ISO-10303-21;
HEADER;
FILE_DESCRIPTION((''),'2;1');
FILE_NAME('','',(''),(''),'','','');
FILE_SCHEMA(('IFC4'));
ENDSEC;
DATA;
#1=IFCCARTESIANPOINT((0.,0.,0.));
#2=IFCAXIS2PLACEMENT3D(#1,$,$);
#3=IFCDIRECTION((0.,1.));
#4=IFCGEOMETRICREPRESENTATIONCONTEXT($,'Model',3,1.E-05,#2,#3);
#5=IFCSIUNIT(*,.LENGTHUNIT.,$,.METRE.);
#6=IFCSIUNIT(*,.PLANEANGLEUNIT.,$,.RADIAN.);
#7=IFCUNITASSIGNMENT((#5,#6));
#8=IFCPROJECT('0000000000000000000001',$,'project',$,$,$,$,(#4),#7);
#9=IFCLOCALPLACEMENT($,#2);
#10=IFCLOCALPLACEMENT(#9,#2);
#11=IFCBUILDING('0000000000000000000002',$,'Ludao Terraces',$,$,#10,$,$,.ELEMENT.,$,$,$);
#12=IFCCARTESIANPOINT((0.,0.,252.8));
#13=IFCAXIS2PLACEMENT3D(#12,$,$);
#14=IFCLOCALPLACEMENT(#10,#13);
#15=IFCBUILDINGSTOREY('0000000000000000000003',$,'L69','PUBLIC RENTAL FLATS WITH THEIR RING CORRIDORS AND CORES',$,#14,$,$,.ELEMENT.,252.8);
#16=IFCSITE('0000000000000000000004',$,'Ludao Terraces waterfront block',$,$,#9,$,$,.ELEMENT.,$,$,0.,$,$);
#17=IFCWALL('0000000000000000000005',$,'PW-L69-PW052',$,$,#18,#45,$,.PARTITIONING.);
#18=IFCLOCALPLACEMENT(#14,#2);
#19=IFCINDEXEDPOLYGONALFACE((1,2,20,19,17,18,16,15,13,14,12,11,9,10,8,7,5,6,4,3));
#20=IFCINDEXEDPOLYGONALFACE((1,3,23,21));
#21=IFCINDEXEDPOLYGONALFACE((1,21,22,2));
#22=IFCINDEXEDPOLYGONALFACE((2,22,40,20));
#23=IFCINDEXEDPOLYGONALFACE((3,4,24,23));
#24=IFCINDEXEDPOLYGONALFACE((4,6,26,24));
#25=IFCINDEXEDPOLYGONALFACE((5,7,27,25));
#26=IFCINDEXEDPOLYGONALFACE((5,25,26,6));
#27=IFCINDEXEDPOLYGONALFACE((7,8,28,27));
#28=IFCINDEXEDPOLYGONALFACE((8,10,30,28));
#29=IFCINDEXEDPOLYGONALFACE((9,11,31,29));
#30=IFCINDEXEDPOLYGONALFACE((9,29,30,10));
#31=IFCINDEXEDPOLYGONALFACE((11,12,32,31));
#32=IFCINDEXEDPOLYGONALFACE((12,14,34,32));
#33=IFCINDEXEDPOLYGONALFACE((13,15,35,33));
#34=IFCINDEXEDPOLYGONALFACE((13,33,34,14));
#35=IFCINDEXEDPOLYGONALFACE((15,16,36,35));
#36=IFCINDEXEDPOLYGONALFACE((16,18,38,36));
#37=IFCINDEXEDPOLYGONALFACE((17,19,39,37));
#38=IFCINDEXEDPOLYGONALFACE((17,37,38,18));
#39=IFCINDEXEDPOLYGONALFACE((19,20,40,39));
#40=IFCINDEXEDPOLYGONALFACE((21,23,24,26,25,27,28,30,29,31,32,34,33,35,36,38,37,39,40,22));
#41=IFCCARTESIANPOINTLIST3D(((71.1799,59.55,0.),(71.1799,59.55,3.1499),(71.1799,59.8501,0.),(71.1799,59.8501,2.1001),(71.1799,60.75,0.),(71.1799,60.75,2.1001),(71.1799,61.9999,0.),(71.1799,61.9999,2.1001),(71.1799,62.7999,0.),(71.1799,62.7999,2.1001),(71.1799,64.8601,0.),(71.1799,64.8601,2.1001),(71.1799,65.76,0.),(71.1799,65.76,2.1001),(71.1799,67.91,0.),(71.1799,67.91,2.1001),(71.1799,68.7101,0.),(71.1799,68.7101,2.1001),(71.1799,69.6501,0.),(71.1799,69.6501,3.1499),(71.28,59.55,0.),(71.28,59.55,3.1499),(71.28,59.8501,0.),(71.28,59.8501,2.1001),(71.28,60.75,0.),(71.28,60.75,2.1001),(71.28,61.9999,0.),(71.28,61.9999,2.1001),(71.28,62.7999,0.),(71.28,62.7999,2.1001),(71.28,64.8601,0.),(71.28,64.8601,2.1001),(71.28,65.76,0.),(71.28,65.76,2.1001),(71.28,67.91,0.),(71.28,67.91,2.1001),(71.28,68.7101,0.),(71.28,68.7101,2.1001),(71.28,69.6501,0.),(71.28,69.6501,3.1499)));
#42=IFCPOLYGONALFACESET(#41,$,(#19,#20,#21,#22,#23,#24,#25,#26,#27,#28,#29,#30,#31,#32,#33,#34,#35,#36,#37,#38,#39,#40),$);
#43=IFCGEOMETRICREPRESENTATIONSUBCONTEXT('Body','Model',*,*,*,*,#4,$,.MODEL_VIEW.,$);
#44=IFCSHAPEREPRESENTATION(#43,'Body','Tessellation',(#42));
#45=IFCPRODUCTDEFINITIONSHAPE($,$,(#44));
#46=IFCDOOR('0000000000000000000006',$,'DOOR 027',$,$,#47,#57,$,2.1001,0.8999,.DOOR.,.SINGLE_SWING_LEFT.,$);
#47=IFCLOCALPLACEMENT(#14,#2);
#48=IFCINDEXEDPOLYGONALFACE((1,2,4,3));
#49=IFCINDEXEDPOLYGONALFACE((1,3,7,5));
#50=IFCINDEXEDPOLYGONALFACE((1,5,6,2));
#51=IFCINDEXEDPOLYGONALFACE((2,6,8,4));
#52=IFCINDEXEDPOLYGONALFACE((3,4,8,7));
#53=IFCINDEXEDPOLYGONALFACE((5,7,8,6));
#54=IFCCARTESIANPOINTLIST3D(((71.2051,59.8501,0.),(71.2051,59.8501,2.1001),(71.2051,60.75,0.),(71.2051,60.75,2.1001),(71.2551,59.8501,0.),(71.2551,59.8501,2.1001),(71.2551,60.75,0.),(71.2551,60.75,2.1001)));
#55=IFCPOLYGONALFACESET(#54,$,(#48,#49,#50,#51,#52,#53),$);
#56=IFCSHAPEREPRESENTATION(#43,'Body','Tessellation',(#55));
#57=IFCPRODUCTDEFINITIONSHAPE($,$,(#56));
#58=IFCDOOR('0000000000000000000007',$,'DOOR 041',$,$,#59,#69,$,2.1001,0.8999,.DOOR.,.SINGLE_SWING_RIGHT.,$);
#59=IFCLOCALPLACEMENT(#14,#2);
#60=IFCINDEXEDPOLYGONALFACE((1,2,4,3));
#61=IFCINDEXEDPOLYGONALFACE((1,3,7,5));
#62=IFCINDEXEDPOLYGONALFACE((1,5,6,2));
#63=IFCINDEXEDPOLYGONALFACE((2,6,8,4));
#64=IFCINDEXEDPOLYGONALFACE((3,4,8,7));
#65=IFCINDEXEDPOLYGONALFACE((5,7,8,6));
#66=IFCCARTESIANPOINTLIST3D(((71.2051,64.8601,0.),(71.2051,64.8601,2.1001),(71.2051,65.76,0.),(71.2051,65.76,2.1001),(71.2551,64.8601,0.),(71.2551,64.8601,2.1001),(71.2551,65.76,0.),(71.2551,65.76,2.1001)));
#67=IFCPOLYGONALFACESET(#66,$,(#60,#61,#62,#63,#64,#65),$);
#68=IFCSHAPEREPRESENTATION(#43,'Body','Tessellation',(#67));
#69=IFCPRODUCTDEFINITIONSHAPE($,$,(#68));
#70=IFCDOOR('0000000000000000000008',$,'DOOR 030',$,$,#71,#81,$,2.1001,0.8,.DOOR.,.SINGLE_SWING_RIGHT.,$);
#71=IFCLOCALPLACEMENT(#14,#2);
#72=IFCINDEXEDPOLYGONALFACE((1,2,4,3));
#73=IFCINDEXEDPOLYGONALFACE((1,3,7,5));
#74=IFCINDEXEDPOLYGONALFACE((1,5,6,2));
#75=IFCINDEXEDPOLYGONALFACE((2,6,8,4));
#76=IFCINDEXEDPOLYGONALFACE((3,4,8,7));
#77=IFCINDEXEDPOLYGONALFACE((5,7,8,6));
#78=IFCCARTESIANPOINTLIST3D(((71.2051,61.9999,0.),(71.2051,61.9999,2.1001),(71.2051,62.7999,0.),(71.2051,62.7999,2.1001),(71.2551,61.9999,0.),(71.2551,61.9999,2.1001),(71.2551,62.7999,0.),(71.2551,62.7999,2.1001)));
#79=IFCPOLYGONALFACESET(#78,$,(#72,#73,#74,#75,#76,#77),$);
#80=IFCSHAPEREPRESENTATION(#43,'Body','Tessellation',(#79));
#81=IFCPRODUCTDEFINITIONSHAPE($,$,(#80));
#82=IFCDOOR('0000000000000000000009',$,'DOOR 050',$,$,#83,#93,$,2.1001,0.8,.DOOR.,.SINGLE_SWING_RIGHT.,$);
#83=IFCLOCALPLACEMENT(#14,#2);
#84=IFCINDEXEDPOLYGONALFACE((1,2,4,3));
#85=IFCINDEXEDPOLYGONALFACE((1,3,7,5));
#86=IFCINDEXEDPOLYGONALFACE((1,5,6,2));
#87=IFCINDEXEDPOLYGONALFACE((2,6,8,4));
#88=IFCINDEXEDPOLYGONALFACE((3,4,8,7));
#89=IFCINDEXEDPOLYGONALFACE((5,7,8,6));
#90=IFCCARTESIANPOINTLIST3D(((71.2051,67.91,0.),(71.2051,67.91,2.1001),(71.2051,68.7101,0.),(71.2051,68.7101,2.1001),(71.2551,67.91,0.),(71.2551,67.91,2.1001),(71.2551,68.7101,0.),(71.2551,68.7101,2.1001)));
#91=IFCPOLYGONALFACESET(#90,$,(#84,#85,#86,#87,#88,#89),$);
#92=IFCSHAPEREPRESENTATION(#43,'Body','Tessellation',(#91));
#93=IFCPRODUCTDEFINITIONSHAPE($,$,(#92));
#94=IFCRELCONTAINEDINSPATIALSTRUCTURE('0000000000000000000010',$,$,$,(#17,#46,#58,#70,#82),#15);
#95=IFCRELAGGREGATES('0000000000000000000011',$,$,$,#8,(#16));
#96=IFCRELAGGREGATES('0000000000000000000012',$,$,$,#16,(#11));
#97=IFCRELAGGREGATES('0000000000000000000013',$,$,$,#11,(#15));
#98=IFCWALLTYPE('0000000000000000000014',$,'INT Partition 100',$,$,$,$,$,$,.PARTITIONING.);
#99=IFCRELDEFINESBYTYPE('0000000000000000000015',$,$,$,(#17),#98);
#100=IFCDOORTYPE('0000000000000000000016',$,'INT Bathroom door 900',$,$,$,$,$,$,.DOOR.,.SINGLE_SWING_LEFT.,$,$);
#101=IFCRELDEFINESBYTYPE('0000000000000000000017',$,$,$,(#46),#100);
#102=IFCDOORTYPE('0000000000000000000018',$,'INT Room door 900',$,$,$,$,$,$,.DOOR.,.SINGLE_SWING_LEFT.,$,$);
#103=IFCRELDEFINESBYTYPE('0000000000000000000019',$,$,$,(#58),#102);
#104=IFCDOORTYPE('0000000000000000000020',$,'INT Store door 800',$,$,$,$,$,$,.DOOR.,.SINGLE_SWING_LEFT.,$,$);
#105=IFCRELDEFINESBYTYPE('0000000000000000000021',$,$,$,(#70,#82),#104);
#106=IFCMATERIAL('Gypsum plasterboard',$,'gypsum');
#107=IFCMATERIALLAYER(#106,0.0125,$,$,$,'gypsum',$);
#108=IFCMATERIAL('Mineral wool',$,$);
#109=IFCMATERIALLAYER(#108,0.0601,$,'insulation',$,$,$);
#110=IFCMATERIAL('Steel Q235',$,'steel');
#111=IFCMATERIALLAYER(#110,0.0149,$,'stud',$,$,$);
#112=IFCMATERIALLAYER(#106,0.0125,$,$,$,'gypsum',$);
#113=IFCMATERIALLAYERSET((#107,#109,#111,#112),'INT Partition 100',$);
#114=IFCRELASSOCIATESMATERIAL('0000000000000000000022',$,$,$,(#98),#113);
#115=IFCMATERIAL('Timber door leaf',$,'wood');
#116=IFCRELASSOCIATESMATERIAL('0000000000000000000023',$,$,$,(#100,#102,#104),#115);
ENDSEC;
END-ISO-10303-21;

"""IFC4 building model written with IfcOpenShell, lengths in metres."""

from ifc_helpers import new_model, si_unit, direction, frame, frame_2d, origin, place, context, subcontext, project, spatial, rectangle, extrude, material, layer, layer_set, type_object, element, fill, save


model = new_model("IFC4")

# Units and contexts
model_context = context("Model", 3, precision=1e-05, world=origin(), true_north=direction((0.0, 1.0)))
body_context = subcontext(model_context, "Body", "Model", "MODEL_VIEW")
ifc_project = project(units=[si_unit("LENGTHUNIT", "METRE"), si_unit("PLANEANGLEUNIT", "RADIAN")], contexts=[model_context])

# Site, building, storey
site_placement = place(None, origin())
site = spatial("IfcSite", under=ifc_project, at=site_placement, Name="Ludao Terraces waterfront block", CompositionType="ELEMENT", RefElevation=0.0)
building_placement = place(site_placement, origin())
building = spatial("IfcBuilding", under=site, at=building_placement, Name="Ludao Terraces", CompositionType="ELEMENT")
storey_placement = place(building_placement, frame((0.0, 0.0, 252.8)))
storey = spatial("IfcBuildingStorey", under=building, at=storey_placement, Name="L69", Description="PUBLIC RENTAL FLATS WITH THEIR RING CORRIDORS AND CORES", CompositionType="ELEMENT", Elevation=252.8)

# Shared definitions
ifc_material_1 = material(Name="Timber door leaf", Category="wood")
ifc_material_2 = material(Name="Steel Q235", Category="steel")

# Shared definitions
ifc_material_3 = material(Name="Gypsum plasterboard", Category="gypsum")
ifc_layer_1 = layer(ifc_material_3, 0.0125, Category="gypsum")
ifc_material_4 = material(Name="Mineral wool")
ifc_layer_2 = layer(ifc_material_4, 0.0601, Name="insulation")
ifc_layer_3 = layer(ifc_material_2, 0.0149, Name="stud")
ifc_layer_4 = layer(ifc_material_3, 0.0125, Category="gypsum")
ifc_layer_set_1 = layer_set([ifc_layer_1, ifc_layer_2, ifc_layer_3, ifc_layer_4], Name="INT Partition 100")
wall_type_1 = type_object("IfcWallType", Name="INT Partition 100", PredefinedType="PARTITIONING", material=ifc_layer_set_1)

# Wall, openings, doors
door_type_1 = type_object("IfcDoorType", Name="INT Bathroom door 900", OperationType="SINGLE_SWING_LEFT", PredefinedType="DOOR", material=ifc_material_1)
door_type_2 = type_object("IfcDoorType", Name="INT Room door 900", OperationType="SINGLE_SWING_LEFT", PredefinedType="DOOR", material=ifc_material_1)
door_type_3 = type_object("IfcDoorType", Name="INT Store door 800", OperationType="SINGLE_SWING_LEFT", PredefinedType="DOOR", material=ifc_material_1)
wall_1_placement = place(storey_placement, frame((71.23, 59.55, 0.0), z_axis=(0.0, 0.0, 1.0), x_axis=(0.0, 1.0, 0.0)))
wall_1 = element("IfcWall", 1, at=wall_1_placement, inside=storey, type_object=wall_type_1, Name="PW-L69-PW052", PredefinedType="PARTITIONING", context=body_context, shape_type="SweptSolid", body=[
    extrude(rectangle(XDim=10.1001, YDim=0.1001, at=frame_2d((5.05, 0.0))), origin(), (0.0, 0.0, 1.0), 3.1499),
])
opening_1_placement = place(wall_1_placement, frame((0.3, 0.0, 0.0)))
opening_1 = element("IfcOpeningElement", 2, at=opening_1_placement, cuts=wall_1, PredefinedType="OPENING", context=body_context, shape_type="SweptSolid", body=[
    extrude(rectangle(XDim=0.8999, YDim=2.1001, at=frame_2d((0.45, 1.05))), frame((0.0, 0.0601, 0.0), z_axis=(0.0, -1.0, 0.0), x_axis=(1.0, 0.0, 0.0)), (0.0, 0.0, 1.0), 0.1201),
])
opening_2_placement = place(wall_1_placement, frame((2.45, 0.0, 0.0)))
opening_2 = element("IfcOpeningElement", 3, at=opening_2_placement, cuts=wall_1, PredefinedType="OPENING", context=body_context, shape_type="SweptSolid", body=[
    extrude(rectangle(XDim=0.8, YDim=2.1001, at=frame_2d((0.3999, 1.05))), frame((0.0, 0.0601, 0.0), z_axis=(0.0, -1.0, 0.0), x_axis=(1.0, 0.0, 0.0)), (0.0, 0.0, 1.0), 0.1201),
])
opening_3_placement = place(wall_1_placement, frame((5.3101, 0.0, 0.0)))
opening_3 = element("IfcOpeningElement", 4, at=opening_3_placement, cuts=wall_1, PredefinedType="OPENING", context=body_context, shape_type="SweptSolid", body=[
    extrude(rectangle(XDim=0.8999, YDim=2.1001, at=frame_2d((0.45, 1.05))), frame((0.0, 0.0601, 0.0), z_axis=(0.0, -1.0, 0.0), x_axis=(1.0, 0.0, 0.0)), (0.0, 0.0, 1.0), 0.1201),
])
opening_4_placement = place(wall_1_placement, frame((8.3601, 0.0, 0.0)))
opening_4 = element("IfcOpeningElement", 5, at=opening_4_placement, cuts=wall_1, PredefinedType="OPENING", context=body_context, shape_type="SweptSolid", body=[
    extrude(rectangle(XDim=0.8, YDim=2.1001, at=frame_2d((0.3999, 1.05))), frame((0.0, 0.0601, 0.0), z_axis=(0.0, -1.0, 0.0), x_axis=(1.0, 0.0, 0.0)), (0.0, 0.0, 1.0), 0.1201),
])
door_1_placement = place(opening_1_placement, origin())
door_1 = element("IfcDoor", 6, at=door_1_placement, inside=storey, type_object=door_type_1, Name="DOOR 027", OperationType="SINGLE_SWING_LEFT", OverallHeight=2.1001, OverallWidth=0.8999, PredefinedType="DOOR", context=body_context, shape_type="SweptSolid", body=[
    extrude(rectangle(XDim=0.8999, YDim=2.1001, at=frame_2d((0.45, 1.05))), frame((0.0, 0.0249, 0.0), z_axis=(0.0, -1.0, 0.0), x_axis=(1.0, 0.0, 0.0)), (0.0, 0.0, 1.0), 0.05),
])
fill(opening_1, door_1)
door_2_placement = place(opening_3_placement, origin())
door_2 = element("IfcDoor", 7, at=door_2_placement, inside=storey, type_object=door_type_2, Name="DOOR 041", OperationType="SINGLE_SWING_RIGHT", OverallHeight=2.1001, OverallWidth=0.8999, PredefinedType="DOOR", context=body_context, shape_type="SweptSolid", body=[
    extrude(rectangle(XDim=0.8999, YDim=2.1001, at=frame_2d((0.45, 1.05))), frame((0.0, 0.0249, 0.0), z_axis=(0.0, -1.0, 0.0), x_axis=(1.0, 0.0, 0.0)), (0.0, 0.0, 1.0), 0.05),
])
fill(opening_3, door_2)
door_3_placement = place(opening_2_placement, origin())
door_3 = element("IfcDoor", 8, at=door_3_placement, inside=storey, type_object=door_type_3, Name="DOOR 030", OperationType="SINGLE_SWING_RIGHT", OverallHeight=2.1001, OverallWidth=0.8, PredefinedType="DOOR", context=body_context, shape_type="SweptSolid", body=[
    extrude(rectangle(XDim=0.8, YDim=2.1001, at=frame_2d((0.3999, 1.05))), frame((0.0, 0.0249, 0.0), z_axis=(0.0, -1.0, 0.0), x_axis=(1.0, 0.0, 0.0)), (0.0, 0.0, 1.0), 0.05),
])
fill(opening_2, door_3)
door_4_placement = place(opening_4_placement, origin())
door_4 = element("IfcDoor", 9, at=door_4_placement, inside=storey, type_object=door_type_3, Name="DOOR 050", OperationType="SINGLE_SWING_RIGHT", OverallHeight=2.1001, OverallWidth=0.8, PredefinedType="DOOR", context=body_context, shape_type="SweptSolid", body=[
    extrude(rectangle(XDim=0.8, YDim=2.1001, at=frame_2d((0.3999, 1.05))), frame((0.0, 0.0249, 0.0), z_axis=(0.0, -1.0, 0.0), x_axis=(1.0, 0.0, 0.0)), (0.0, 0.0, 1.0), 0.05),
])
fill(opening_4, door_4)

save(model, "model.ifc")
